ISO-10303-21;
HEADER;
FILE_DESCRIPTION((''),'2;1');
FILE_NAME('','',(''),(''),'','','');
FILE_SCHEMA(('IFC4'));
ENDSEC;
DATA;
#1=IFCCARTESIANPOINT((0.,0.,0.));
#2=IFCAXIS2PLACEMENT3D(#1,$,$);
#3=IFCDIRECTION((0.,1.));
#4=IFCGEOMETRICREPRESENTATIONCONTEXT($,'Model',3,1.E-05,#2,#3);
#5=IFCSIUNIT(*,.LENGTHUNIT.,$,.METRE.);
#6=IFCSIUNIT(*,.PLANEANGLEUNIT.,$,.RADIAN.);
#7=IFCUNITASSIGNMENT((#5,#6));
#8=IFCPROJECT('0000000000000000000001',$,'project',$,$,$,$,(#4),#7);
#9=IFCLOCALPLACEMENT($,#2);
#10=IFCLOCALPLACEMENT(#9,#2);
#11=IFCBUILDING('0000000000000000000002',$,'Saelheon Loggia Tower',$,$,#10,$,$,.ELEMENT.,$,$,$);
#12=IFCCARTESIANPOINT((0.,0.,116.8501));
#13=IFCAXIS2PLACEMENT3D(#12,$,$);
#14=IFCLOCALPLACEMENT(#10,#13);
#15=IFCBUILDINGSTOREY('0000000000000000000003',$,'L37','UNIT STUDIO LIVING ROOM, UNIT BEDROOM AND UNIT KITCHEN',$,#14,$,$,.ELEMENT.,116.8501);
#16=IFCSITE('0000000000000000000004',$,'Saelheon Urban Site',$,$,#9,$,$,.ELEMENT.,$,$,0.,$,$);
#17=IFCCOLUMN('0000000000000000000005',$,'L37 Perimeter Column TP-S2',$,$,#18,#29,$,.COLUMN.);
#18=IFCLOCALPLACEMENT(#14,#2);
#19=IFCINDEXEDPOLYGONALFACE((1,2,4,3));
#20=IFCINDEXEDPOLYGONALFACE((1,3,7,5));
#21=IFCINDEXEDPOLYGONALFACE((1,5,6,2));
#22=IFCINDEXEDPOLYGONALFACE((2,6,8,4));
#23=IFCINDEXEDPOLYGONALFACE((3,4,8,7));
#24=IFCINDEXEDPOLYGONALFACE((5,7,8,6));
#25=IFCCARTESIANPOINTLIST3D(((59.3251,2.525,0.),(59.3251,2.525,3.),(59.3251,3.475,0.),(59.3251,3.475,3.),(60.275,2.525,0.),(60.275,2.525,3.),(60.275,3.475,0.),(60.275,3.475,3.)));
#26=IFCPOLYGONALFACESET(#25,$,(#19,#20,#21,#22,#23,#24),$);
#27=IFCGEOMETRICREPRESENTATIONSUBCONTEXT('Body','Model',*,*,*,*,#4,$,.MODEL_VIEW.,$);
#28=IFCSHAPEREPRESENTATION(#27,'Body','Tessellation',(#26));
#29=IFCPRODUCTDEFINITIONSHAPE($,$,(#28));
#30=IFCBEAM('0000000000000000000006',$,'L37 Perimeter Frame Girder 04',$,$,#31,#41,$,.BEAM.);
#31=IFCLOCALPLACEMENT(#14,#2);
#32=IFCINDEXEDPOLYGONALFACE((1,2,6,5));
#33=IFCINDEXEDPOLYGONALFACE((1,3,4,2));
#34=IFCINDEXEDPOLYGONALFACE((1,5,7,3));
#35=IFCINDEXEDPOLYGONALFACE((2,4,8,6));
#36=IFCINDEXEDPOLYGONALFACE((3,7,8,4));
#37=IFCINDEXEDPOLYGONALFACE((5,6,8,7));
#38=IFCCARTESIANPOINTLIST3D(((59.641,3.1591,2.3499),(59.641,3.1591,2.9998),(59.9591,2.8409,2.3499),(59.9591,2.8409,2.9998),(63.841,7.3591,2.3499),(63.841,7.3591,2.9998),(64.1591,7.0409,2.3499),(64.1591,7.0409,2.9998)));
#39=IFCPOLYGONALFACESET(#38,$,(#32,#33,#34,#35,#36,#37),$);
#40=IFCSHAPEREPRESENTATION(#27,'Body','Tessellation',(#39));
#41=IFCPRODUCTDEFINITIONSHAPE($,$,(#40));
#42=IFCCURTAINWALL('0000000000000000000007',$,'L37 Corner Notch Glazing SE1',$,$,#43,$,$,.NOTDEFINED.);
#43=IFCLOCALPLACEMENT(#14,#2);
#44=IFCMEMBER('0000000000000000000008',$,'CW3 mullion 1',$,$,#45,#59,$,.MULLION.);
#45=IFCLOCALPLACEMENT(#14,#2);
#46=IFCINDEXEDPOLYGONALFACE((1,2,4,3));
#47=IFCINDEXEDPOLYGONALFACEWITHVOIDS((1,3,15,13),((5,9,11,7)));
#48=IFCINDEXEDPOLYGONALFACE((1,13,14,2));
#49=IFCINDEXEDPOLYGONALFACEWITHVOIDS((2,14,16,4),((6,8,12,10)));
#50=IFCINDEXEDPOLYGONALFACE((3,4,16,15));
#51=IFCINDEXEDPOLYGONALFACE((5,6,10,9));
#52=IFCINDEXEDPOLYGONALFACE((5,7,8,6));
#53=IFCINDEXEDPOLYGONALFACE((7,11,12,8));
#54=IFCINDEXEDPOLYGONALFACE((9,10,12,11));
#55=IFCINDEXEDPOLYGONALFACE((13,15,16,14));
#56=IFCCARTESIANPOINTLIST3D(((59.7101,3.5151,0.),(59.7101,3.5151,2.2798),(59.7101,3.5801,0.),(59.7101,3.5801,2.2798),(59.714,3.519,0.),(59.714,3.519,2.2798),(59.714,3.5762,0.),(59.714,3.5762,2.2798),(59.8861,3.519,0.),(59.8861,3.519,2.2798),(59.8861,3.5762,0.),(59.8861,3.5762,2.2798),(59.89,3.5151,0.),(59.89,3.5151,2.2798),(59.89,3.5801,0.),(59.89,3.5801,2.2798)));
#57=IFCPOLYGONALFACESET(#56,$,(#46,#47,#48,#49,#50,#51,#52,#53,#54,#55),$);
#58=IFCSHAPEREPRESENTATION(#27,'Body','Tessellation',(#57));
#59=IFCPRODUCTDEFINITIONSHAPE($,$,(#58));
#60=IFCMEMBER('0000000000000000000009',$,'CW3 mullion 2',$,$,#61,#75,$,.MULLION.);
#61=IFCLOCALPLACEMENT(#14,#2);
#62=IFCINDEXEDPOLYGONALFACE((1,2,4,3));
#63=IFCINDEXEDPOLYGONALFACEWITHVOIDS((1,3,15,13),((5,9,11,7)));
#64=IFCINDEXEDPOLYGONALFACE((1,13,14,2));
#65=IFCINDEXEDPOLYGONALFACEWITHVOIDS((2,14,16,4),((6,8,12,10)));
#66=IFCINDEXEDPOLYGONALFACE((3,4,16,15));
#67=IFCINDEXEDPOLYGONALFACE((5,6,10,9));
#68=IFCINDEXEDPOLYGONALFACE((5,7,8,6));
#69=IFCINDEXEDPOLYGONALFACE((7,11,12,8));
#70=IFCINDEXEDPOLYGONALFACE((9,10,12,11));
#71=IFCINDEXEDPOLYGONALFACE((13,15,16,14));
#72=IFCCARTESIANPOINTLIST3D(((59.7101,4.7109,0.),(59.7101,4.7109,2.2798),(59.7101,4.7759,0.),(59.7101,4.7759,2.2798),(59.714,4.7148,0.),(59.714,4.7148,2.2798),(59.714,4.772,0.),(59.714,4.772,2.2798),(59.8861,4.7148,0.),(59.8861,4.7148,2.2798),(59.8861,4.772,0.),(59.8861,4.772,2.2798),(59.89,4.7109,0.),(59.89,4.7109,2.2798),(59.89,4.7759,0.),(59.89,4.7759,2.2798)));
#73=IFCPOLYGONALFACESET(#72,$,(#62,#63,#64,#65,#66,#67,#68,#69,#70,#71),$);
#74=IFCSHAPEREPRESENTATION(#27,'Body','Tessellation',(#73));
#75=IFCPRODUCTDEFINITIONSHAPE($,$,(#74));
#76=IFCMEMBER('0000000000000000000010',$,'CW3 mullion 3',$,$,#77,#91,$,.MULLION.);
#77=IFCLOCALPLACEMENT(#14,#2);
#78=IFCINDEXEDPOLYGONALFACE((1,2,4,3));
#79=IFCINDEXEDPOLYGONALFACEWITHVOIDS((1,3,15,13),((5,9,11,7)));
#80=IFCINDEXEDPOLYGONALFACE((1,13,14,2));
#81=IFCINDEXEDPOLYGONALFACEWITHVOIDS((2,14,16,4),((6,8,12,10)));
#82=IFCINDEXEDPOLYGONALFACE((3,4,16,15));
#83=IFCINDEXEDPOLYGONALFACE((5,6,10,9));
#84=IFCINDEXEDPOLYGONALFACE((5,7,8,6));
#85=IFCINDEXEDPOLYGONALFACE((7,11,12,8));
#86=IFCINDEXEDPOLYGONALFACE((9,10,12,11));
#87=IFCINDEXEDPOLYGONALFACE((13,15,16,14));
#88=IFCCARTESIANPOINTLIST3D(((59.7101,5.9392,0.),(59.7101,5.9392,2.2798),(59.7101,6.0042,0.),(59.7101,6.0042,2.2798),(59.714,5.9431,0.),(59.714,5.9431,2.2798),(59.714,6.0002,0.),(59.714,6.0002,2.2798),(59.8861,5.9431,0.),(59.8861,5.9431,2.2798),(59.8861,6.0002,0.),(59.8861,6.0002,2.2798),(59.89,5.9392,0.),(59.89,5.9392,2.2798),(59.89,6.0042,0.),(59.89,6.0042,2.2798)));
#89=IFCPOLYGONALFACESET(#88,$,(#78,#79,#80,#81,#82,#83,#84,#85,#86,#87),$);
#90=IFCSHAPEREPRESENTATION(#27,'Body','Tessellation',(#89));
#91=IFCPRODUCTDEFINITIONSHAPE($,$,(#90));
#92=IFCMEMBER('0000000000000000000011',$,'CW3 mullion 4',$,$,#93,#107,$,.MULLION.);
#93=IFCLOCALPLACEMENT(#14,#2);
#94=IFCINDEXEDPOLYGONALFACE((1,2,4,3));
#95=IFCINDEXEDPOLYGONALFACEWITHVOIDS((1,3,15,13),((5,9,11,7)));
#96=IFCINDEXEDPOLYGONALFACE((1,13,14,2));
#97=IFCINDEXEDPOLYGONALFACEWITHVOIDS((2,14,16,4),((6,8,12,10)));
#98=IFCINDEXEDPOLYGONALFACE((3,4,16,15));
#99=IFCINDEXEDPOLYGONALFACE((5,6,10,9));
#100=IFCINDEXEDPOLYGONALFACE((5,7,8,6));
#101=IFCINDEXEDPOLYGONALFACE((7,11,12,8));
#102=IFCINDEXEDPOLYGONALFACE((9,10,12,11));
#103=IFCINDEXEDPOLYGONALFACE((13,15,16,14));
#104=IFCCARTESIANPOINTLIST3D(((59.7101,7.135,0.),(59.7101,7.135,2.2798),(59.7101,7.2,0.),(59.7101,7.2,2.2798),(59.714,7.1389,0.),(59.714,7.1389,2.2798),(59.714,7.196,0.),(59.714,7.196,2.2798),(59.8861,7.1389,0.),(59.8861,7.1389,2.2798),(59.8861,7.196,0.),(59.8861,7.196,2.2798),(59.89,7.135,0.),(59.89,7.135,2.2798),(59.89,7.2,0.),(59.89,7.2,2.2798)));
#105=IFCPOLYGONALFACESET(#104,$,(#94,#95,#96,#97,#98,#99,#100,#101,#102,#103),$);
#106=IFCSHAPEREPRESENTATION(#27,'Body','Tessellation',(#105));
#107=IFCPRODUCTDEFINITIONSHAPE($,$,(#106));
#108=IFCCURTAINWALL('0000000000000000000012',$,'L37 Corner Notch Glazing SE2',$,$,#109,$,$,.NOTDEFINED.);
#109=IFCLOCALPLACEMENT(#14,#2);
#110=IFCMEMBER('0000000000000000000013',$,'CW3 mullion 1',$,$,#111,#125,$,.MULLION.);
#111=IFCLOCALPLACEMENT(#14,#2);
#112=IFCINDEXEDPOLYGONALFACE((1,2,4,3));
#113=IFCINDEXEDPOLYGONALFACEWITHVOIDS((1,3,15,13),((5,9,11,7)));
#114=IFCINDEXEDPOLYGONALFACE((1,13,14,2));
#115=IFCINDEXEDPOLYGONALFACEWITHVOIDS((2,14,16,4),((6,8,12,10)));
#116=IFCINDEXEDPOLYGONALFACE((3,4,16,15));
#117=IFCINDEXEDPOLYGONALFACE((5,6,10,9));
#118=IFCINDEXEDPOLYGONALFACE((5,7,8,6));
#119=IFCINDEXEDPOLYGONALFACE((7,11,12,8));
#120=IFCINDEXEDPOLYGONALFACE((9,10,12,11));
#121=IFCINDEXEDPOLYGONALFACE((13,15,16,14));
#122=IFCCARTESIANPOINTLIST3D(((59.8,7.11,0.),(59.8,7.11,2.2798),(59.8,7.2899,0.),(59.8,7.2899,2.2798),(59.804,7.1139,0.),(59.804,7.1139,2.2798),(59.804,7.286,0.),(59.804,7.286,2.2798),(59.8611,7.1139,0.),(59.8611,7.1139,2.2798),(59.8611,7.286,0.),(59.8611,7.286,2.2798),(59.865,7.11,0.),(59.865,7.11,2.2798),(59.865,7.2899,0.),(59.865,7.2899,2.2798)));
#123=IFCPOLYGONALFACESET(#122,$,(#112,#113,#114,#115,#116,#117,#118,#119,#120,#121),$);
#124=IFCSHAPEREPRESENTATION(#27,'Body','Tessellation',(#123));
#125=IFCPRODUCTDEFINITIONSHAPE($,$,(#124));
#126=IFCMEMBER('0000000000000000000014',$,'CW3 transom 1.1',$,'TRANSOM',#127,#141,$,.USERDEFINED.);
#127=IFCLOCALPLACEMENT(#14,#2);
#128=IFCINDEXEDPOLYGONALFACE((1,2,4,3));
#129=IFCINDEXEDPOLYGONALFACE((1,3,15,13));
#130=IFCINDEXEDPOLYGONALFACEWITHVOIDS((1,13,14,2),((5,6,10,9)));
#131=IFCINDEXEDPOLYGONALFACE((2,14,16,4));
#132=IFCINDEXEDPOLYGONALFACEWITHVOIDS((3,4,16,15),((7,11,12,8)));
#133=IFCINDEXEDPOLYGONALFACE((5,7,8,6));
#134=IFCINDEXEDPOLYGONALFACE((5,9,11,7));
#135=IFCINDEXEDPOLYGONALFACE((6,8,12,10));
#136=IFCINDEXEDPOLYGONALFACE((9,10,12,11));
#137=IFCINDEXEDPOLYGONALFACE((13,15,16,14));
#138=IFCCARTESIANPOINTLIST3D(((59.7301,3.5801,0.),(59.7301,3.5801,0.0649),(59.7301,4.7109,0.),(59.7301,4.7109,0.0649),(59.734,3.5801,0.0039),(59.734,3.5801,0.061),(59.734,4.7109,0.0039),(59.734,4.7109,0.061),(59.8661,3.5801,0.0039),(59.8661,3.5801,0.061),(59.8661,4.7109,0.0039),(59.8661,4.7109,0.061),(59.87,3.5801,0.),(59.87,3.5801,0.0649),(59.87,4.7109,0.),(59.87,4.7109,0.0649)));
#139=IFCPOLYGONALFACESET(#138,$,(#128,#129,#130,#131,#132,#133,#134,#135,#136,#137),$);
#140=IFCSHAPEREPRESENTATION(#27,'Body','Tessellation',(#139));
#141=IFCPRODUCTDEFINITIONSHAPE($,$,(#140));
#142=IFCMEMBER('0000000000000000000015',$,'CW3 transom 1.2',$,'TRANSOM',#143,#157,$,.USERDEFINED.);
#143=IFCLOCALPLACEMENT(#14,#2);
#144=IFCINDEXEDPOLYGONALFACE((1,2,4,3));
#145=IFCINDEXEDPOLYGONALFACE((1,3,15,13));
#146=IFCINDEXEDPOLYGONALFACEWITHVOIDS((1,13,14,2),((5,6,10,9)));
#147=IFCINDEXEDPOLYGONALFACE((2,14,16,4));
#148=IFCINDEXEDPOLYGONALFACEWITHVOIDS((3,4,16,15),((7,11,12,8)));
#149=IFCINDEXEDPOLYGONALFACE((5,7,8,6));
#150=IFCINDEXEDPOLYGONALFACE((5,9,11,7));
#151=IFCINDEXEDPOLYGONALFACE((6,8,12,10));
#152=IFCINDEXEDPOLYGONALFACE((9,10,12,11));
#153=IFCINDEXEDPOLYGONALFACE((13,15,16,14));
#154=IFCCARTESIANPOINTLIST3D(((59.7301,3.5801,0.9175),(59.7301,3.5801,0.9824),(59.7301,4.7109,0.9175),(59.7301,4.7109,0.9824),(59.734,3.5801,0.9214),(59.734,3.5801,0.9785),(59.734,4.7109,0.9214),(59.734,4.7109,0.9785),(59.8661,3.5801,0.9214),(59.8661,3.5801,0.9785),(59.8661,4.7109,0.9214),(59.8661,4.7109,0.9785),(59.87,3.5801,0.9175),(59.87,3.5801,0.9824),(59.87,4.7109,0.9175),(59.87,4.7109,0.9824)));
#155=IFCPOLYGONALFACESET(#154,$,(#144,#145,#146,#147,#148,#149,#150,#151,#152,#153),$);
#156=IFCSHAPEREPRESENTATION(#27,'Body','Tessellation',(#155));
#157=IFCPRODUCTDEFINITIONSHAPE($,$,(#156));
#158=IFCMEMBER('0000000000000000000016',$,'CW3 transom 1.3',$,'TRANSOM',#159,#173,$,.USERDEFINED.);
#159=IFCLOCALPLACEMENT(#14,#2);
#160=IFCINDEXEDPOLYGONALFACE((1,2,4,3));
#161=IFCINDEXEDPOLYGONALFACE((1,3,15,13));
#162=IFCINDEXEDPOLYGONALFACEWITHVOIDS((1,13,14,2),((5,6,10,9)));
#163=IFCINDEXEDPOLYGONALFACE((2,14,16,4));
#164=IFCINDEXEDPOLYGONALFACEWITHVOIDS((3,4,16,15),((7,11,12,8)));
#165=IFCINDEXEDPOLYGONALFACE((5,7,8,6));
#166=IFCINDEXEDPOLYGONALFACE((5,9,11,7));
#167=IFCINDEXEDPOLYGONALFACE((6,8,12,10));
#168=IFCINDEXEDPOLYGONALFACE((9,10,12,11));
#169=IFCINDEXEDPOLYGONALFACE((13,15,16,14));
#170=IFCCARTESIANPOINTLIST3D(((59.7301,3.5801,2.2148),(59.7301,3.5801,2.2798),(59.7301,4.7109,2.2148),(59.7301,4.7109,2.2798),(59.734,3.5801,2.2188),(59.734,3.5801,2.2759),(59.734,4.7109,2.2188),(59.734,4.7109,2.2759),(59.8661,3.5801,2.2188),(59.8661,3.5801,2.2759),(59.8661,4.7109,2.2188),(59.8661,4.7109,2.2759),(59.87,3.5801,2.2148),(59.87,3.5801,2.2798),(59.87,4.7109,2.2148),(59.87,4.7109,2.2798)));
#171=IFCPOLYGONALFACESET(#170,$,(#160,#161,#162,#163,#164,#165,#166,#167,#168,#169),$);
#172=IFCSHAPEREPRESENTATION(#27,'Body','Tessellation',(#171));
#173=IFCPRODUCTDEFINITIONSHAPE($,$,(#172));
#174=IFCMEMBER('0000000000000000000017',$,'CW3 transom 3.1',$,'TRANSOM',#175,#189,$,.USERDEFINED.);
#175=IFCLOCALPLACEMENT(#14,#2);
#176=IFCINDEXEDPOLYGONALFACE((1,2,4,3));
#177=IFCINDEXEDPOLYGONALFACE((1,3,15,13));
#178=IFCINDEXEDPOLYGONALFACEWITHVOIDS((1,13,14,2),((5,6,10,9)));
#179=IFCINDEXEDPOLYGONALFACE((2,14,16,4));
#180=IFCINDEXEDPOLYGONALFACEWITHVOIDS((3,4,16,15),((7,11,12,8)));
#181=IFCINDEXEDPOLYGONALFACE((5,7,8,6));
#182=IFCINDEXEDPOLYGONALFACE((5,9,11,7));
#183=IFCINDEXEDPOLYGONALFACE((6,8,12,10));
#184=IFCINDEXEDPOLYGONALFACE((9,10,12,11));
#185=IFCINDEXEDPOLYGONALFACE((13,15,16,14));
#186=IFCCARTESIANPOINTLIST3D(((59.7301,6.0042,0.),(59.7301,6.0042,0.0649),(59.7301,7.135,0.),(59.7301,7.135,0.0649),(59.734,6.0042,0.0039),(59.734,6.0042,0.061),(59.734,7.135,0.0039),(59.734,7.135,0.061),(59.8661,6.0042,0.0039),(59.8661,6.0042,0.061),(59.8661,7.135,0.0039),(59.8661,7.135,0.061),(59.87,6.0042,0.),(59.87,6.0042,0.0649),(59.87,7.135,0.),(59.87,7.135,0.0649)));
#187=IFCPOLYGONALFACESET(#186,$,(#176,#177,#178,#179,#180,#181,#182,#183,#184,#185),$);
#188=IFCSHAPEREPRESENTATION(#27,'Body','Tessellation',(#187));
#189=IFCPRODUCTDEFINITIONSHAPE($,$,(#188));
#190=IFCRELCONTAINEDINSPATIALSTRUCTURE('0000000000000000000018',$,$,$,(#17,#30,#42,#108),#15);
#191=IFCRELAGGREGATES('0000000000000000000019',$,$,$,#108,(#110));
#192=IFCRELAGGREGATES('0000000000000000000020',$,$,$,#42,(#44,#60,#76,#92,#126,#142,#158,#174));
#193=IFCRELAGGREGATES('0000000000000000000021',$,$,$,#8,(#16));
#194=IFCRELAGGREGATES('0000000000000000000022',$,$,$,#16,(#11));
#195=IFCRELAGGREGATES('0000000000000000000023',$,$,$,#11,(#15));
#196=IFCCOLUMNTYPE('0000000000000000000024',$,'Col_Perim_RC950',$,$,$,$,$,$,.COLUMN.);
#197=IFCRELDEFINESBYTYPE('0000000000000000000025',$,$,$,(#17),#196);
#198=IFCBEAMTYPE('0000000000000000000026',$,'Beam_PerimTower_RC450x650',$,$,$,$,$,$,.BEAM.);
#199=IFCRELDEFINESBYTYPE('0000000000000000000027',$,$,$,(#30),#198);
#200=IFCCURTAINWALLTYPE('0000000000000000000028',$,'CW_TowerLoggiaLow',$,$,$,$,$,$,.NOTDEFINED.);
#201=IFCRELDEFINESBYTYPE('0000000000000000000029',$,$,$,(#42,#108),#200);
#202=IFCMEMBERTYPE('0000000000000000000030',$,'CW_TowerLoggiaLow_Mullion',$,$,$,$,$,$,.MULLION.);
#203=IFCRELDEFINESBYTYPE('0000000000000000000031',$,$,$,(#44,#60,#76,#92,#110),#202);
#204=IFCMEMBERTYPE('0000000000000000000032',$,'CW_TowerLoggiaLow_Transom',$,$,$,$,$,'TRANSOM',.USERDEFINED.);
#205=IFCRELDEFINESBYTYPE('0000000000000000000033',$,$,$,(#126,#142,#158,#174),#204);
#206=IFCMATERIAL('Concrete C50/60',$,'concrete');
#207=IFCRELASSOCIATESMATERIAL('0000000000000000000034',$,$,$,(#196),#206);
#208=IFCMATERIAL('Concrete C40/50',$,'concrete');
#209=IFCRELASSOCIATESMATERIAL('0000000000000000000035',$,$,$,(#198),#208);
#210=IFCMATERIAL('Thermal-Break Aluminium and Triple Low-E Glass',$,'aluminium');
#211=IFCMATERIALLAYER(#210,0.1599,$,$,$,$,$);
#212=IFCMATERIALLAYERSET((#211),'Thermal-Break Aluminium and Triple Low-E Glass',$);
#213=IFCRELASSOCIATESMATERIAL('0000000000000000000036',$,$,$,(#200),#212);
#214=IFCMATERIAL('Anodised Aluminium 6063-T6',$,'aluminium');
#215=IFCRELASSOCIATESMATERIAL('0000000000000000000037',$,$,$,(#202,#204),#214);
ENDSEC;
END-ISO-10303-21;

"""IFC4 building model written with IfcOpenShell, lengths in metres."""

from ifc_helpers import new_model, si_unit, direction, frame, origin, origin_2d, place, context, subcontext, project, spatial, rectangle, hollow_rectangle, extrude, source, transform, mapped, material, layer, layer_set, material_profile, profile_set, type_object, element, aggregate, save


model = new_model("IFC4")

# Units and contexts
model_context = context("Model", 3, precision=1e-05, world=origin(), true_north=direction((0.0, 1.0)))
body_context = subcontext(model_context, "Body", "Model", "MODEL_VIEW")
ifc_project = project(units=[si_unit("LENGTHUNIT", "METRE"), si_unit("PLANEANGLEUNIT", "RADIAN")], contexts=[model_context])

# Site, building, storey
site_placement = place(None, origin())
site = spatial("IfcSite", under=ifc_project, at=site_placement, Name="Saelheon Urban Site", CompositionType="ELEMENT", RefElevation=0.0)
building_placement = place(site_placement, origin())
building = spatial("IfcBuilding", under=site, at=building_placement, Name="Saelheon Loggia Tower", CompositionType="ELEMENT")
storey_placement = place(building_placement, frame((0.0, 0.0, 116.8501)))
storey = spatial("IfcBuildingStorey", under=building, at=storey_placement, Name="L37", Description="UNIT STUDIO LIVING ROOM, UNIT BEDROOM AND UNIT KITCHEN", CompositionType="ELEMENT", Elevation=116.8501)

# Column
ifc_material_1 = material(Name="Concrete C50/60", Category="concrete")
ifc_material_profile_1 = material_profile(ifc_material_1, rectangle(XDim=0.95, YDim=0.95, at=origin_2d()), Name="RC-950x950")
ifc_profile_set_1 = profile_set([ifc_material_profile_1], Name="Concrete C50/60")
column_type = type_object("IfcColumnType", Name="Col_Perim_RC950", PredefinedType="COLUMN", material=ifc_profile_set_1)
shared_shape_1 = source(origin(), body_context, "Body", "SweptSolid", [
    extrude(rectangle(XDim=0.95, YDim=0.95, at=origin_2d()), origin(), (0.0, 0.0, 1.0), 3.0),
])
column_placement = place(storey_placement, frame((59.8, 3.0, 0.0), z_axis=(0.0, 0.0, 1.0), x_axis=(1.0, 0.0, 0.0)))
element("IfcColumn", 1, at=column_placement, inside=storey, type_object=column_type, Name="L37 Perimeter Column TP-S2", PredefinedType="COLUMN", context=body_context, shape_type="MappedRepresentation", body=[
    mapped(shared_shape_1, transform((0.0, 0.0, 0.0), scale=1.0)),
])

# Beam
ifc_material_2 = material(Name="Concrete C40/50", Category="concrete")
ifc_material_profile_2 = material_profile(ifc_material_2, rectangle(XDim=0.45, YDim=0.6499, at=origin_2d()), Name="RC-450x650")
ifc_profile_set_2 = profile_set([ifc_material_profile_2], Name="Concrete C40/50")
beam_type = type_object("IfcBeamType", Name="Beam_PerimTower_RC450x650", PredefinedType="BEAM", material=ifc_profile_set_2)
shared_shape_2 = source(origin(), body_context, "Body", "SweptSolid", [
    extrude(rectangle(XDim=0.45, YDim=0.6499, at=origin_2d()), origin(), (0.0, 0.0, 1.0), 5.9397),
])
beam_placement = place(storey_placement, frame((59.8, 3.0, 2.6748), z_axis=(0.707107, 0.707107, 0.0), x_axis=(-0.707107, 0.707107, 0.0)))
element("IfcBeam", 2, at=beam_placement, inside=storey, type_object=beam_type, Name="L37 Perimeter Frame Girder 04", PredefinedType="BEAM", context=body_context, shape_type="MappedRepresentation", body=[
    mapped(shared_shape_2, transform((0.0, 0.0, 0.0), scale=1.0)),
])

# Curtain wall, members
ifc_material_3 = material(Name="Thermal-Break Aluminium and Triple Low-E Glass", Category="aluminium")
ifc_layer_1 = layer(ifc_material_3, 0.1599)
ifc_layer_set_1 = layer_set([ifc_layer_1], Name="Thermal-Break Aluminium and Triple Low-E Glass")
curtain_wall_type = type_object("IfcCurtainWallType", Name="CW_TowerLoggiaLow", PredefinedType="NOTDEFINED", material=ifc_layer_set_1)
curtain_wall_1_placement = place(storey_placement, origin())
curtain_wall_1 = element("IfcCurtainWall", 3, at=curtain_wall_1_placement, inside=storey, type_object=curtain_wall_type, Name="L37 Corner Notch Glazing SE1", PredefinedType="NOTDEFINED")
ifc_material_4 = material(Name="Anodised Aluminium 6063-T6", Category="aluminium")
ifc_material_profile_3 = material_profile(ifc_material_4, hollow_rectangle(XDim=0.0649, YDim=0.1799, WallThickness=0.0039, at=origin_2d()), Name="RHS-180x65x4")
ifc_profile_set_3 = profile_set([ifc_material_profile_3], Name="Anodised Aluminium 6063-T6")
member_type_1 = type_object("IfcMemberType", Name="CW_TowerLoggiaLow_Mullion", PredefinedType="MULLION", material=ifc_profile_set_3)
shared_shape_3 = source(origin(), body_context, "Body", "SweptSolid", [
    extrude(hollow_rectangle(XDim=0.0649, YDim=0.1799, WallThickness=0.0039, at=origin_2d()), origin(), (0.0, 0.0, 1.0), 2.2798),
])
member_1_placement = place(storey_placement, frame((59.8, 3.5476, 0.0), z_axis=(0.0, 0.0, 1.0), x_axis=(0.0, 1.0, 0.0)))
member_1 = element("IfcMember", 4, at=member_1_placement, type_object=member_type_1, Name="CW3 mullion 1", PredefinedType="MULLION", context=body_context, shape_type="MappedRepresentation", body=[
    mapped(shared_shape_3, transform((0.0, 0.0, 0.0), scale=1.0)),
])
member_2_placement = place(storey_placement, frame((59.8, 4.7434, 0.0), z_axis=(0.0, 0.0, 1.0), x_axis=(0.0, 1.0, 0.0)))
member_2 = element("IfcMember", 5, at=member_2_placement, type_object=member_type_1, Name="CW3 mullion 2", PredefinedType="MULLION", context=body_context, shape_type="MappedRepresentation", body=[
    mapped(shared_shape_3, transform((0.0, 0.0, 0.0), scale=1.0)),
])
member_3_placement = place(storey_placement, frame((59.8, 5.9717, 0.0), z_axis=(0.0, 0.0, 1.0), x_axis=(0.0, 1.0, 0.0)))
member_3 = element("IfcMember", 6, at=member_3_placement, type_object=member_type_1, Name="CW3 mullion 3", PredefinedType="MULLION", context=body_context, shape_type="MappedRepresentation", body=[
    mapped(shared_shape_3, transform((0.0, 0.0, 0.0), scale=1.0)),
])
member_4_placement = place(storey_placement, frame((59.8, 7.1675, 0.0), z_axis=(0.0, 0.0, 1.0), x_axis=(0.0, 1.0, 0.0)))
member_4 = element("IfcMember", 7, at=member_4_placement, type_object=member_type_1, Name="CW3 mullion 4", PredefinedType="MULLION", context=body_context, shape_type="MappedRepresentation", body=[
    mapped(shared_shape_3, transform((0.0, 0.0, 0.0), scale=1.0)),
])

# Curtain wall, member
curtain_wall_2_placement = place(storey_placement, origin())
curtain_wall_2 = element("IfcCurtainWall", 8, at=curtain_wall_2_placement, inside=storey, type_object=curtain_wall_type, Name="L37 Corner Notch Glazing SE2", PredefinedType="NOTDEFINED")
member_5_placement = place(storey_placement, frame((59.8325, 7.2, 0.0), z_axis=(0.0, 0.0, 1.0), x_axis=(1.0, 0.0, 0.0)))
member_5 = element("IfcMember", 9, at=member_5_placement, type_object=member_type_1, Name="CW3 mullion 1", PredefinedType="MULLION", context=body_context, shape_type="MappedRepresentation", body=[
    mapped(shared_shape_3, transform((0.0, 0.0, 0.0), scale=1.0)),
])

# Members
ifc_material_profile_4 = material_profile(ifc_material_4, hollow_rectangle(XDim=0.0649, YDim=0.1399, WallThickness=0.0039, at=origin_2d()), Name="RHS-140x65x4")
ifc_profile_set_4 = profile_set([ifc_material_profile_4], Name="Anodised Aluminium 6063-T6")
member_type_2 = type_object("IfcMemberType", Name="CW_TowerLoggiaLow_Transom", ElementType="TRANSOM", PredefinedType="USERDEFINED", material=ifc_profile_set_4)
shared_shape_4 = source(origin(), body_context, "Body", "SweptSolid", [
    extrude(hollow_rectangle(XDim=0.0649, YDim=0.1399, WallThickness=0.0039, at=origin_2d()), origin(), (0.0, 0.0, 1.0), 1.1309),
])
member_6_placement = place(storey_placement, frame((59.8, 3.5801, 0.0325), z_axis=(0.0, 1.0, 0.0), x_axis=(0.0, 0.0, 1.0)))
member_6 = element("IfcMember", 10, at=member_6_placement, type_object=member_type_2, Name="CW3 transom 1.1", ObjectType="TRANSOM", PredefinedType="USERDEFINED", context=body_context, shape_type="MappedRepresentation", body=[
    mapped(shared_shape_4, transform((0.0, 0.0, 0.0), scale=1.0)),
])
member_7_placement = place(storey_placement, frame((59.8, 3.5801, 0.95), z_axis=(0.0, 1.0, 0.0), x_axis=(0.0, 0.0, 1.0)))
member_7 = element("IfcMember", 11, at=member_7_placement, type_object=member_type_2, Name="CW3 transom 1.2", ObjectType="TRANSOM", PredefinedType="USERDEFINED", context=body_context, shape_type="MappedRepresentation", body=[
    mapped(shared_shape_4, transform((0.0, 0.0, 0.0), scale=1.0)),
])
member_8_placement = place(storey_placement, frame((59.8, 3.5801, 2.2473), z_axis=(0.0, 1.0, 0.0), x_axis=(0.0, 0.0, 1.0)))
member_8 = element("IfcMember", 12, at=member_8_placement, type_object=member_type_2, Name="CW3 transom 1.3", ObjectType="TRANSOM", PredefinedType="USERDEFINED", context=body_context, shape_type="MappedRepresentation", body=[
    mapped(shared_shape_4, transform((0.0, 0.0, 0.0), scale=1.0)),
])
member_9_placement = place(storey_placement, frame((59.8, 6.0042, 0.0325), z_axis=(0.0, 1.0, 0.0), x_axis=(0.0, 0.0, 1.0)))
member_9 = element("IfcMember", 13, at=member_9_placement, type_object=member_type_2, Name="CW3 transom 3.1", ObjectType="TRANSOM", PredefinedType="USERDEFINED", context=body_context, shape_type="MappedRepresentation", body=[
    mapped(shared_shape_4, transform((0.0, 0.0, 0.0), scale=1.0)),
])

aggregate(curtain_wall_2, [member_5])
aggregate(curtain_wall_1, [member_1, member_2, member_3, member_4, member_6, member_7, member_8, member_9])

save(model, "model.ifc")
